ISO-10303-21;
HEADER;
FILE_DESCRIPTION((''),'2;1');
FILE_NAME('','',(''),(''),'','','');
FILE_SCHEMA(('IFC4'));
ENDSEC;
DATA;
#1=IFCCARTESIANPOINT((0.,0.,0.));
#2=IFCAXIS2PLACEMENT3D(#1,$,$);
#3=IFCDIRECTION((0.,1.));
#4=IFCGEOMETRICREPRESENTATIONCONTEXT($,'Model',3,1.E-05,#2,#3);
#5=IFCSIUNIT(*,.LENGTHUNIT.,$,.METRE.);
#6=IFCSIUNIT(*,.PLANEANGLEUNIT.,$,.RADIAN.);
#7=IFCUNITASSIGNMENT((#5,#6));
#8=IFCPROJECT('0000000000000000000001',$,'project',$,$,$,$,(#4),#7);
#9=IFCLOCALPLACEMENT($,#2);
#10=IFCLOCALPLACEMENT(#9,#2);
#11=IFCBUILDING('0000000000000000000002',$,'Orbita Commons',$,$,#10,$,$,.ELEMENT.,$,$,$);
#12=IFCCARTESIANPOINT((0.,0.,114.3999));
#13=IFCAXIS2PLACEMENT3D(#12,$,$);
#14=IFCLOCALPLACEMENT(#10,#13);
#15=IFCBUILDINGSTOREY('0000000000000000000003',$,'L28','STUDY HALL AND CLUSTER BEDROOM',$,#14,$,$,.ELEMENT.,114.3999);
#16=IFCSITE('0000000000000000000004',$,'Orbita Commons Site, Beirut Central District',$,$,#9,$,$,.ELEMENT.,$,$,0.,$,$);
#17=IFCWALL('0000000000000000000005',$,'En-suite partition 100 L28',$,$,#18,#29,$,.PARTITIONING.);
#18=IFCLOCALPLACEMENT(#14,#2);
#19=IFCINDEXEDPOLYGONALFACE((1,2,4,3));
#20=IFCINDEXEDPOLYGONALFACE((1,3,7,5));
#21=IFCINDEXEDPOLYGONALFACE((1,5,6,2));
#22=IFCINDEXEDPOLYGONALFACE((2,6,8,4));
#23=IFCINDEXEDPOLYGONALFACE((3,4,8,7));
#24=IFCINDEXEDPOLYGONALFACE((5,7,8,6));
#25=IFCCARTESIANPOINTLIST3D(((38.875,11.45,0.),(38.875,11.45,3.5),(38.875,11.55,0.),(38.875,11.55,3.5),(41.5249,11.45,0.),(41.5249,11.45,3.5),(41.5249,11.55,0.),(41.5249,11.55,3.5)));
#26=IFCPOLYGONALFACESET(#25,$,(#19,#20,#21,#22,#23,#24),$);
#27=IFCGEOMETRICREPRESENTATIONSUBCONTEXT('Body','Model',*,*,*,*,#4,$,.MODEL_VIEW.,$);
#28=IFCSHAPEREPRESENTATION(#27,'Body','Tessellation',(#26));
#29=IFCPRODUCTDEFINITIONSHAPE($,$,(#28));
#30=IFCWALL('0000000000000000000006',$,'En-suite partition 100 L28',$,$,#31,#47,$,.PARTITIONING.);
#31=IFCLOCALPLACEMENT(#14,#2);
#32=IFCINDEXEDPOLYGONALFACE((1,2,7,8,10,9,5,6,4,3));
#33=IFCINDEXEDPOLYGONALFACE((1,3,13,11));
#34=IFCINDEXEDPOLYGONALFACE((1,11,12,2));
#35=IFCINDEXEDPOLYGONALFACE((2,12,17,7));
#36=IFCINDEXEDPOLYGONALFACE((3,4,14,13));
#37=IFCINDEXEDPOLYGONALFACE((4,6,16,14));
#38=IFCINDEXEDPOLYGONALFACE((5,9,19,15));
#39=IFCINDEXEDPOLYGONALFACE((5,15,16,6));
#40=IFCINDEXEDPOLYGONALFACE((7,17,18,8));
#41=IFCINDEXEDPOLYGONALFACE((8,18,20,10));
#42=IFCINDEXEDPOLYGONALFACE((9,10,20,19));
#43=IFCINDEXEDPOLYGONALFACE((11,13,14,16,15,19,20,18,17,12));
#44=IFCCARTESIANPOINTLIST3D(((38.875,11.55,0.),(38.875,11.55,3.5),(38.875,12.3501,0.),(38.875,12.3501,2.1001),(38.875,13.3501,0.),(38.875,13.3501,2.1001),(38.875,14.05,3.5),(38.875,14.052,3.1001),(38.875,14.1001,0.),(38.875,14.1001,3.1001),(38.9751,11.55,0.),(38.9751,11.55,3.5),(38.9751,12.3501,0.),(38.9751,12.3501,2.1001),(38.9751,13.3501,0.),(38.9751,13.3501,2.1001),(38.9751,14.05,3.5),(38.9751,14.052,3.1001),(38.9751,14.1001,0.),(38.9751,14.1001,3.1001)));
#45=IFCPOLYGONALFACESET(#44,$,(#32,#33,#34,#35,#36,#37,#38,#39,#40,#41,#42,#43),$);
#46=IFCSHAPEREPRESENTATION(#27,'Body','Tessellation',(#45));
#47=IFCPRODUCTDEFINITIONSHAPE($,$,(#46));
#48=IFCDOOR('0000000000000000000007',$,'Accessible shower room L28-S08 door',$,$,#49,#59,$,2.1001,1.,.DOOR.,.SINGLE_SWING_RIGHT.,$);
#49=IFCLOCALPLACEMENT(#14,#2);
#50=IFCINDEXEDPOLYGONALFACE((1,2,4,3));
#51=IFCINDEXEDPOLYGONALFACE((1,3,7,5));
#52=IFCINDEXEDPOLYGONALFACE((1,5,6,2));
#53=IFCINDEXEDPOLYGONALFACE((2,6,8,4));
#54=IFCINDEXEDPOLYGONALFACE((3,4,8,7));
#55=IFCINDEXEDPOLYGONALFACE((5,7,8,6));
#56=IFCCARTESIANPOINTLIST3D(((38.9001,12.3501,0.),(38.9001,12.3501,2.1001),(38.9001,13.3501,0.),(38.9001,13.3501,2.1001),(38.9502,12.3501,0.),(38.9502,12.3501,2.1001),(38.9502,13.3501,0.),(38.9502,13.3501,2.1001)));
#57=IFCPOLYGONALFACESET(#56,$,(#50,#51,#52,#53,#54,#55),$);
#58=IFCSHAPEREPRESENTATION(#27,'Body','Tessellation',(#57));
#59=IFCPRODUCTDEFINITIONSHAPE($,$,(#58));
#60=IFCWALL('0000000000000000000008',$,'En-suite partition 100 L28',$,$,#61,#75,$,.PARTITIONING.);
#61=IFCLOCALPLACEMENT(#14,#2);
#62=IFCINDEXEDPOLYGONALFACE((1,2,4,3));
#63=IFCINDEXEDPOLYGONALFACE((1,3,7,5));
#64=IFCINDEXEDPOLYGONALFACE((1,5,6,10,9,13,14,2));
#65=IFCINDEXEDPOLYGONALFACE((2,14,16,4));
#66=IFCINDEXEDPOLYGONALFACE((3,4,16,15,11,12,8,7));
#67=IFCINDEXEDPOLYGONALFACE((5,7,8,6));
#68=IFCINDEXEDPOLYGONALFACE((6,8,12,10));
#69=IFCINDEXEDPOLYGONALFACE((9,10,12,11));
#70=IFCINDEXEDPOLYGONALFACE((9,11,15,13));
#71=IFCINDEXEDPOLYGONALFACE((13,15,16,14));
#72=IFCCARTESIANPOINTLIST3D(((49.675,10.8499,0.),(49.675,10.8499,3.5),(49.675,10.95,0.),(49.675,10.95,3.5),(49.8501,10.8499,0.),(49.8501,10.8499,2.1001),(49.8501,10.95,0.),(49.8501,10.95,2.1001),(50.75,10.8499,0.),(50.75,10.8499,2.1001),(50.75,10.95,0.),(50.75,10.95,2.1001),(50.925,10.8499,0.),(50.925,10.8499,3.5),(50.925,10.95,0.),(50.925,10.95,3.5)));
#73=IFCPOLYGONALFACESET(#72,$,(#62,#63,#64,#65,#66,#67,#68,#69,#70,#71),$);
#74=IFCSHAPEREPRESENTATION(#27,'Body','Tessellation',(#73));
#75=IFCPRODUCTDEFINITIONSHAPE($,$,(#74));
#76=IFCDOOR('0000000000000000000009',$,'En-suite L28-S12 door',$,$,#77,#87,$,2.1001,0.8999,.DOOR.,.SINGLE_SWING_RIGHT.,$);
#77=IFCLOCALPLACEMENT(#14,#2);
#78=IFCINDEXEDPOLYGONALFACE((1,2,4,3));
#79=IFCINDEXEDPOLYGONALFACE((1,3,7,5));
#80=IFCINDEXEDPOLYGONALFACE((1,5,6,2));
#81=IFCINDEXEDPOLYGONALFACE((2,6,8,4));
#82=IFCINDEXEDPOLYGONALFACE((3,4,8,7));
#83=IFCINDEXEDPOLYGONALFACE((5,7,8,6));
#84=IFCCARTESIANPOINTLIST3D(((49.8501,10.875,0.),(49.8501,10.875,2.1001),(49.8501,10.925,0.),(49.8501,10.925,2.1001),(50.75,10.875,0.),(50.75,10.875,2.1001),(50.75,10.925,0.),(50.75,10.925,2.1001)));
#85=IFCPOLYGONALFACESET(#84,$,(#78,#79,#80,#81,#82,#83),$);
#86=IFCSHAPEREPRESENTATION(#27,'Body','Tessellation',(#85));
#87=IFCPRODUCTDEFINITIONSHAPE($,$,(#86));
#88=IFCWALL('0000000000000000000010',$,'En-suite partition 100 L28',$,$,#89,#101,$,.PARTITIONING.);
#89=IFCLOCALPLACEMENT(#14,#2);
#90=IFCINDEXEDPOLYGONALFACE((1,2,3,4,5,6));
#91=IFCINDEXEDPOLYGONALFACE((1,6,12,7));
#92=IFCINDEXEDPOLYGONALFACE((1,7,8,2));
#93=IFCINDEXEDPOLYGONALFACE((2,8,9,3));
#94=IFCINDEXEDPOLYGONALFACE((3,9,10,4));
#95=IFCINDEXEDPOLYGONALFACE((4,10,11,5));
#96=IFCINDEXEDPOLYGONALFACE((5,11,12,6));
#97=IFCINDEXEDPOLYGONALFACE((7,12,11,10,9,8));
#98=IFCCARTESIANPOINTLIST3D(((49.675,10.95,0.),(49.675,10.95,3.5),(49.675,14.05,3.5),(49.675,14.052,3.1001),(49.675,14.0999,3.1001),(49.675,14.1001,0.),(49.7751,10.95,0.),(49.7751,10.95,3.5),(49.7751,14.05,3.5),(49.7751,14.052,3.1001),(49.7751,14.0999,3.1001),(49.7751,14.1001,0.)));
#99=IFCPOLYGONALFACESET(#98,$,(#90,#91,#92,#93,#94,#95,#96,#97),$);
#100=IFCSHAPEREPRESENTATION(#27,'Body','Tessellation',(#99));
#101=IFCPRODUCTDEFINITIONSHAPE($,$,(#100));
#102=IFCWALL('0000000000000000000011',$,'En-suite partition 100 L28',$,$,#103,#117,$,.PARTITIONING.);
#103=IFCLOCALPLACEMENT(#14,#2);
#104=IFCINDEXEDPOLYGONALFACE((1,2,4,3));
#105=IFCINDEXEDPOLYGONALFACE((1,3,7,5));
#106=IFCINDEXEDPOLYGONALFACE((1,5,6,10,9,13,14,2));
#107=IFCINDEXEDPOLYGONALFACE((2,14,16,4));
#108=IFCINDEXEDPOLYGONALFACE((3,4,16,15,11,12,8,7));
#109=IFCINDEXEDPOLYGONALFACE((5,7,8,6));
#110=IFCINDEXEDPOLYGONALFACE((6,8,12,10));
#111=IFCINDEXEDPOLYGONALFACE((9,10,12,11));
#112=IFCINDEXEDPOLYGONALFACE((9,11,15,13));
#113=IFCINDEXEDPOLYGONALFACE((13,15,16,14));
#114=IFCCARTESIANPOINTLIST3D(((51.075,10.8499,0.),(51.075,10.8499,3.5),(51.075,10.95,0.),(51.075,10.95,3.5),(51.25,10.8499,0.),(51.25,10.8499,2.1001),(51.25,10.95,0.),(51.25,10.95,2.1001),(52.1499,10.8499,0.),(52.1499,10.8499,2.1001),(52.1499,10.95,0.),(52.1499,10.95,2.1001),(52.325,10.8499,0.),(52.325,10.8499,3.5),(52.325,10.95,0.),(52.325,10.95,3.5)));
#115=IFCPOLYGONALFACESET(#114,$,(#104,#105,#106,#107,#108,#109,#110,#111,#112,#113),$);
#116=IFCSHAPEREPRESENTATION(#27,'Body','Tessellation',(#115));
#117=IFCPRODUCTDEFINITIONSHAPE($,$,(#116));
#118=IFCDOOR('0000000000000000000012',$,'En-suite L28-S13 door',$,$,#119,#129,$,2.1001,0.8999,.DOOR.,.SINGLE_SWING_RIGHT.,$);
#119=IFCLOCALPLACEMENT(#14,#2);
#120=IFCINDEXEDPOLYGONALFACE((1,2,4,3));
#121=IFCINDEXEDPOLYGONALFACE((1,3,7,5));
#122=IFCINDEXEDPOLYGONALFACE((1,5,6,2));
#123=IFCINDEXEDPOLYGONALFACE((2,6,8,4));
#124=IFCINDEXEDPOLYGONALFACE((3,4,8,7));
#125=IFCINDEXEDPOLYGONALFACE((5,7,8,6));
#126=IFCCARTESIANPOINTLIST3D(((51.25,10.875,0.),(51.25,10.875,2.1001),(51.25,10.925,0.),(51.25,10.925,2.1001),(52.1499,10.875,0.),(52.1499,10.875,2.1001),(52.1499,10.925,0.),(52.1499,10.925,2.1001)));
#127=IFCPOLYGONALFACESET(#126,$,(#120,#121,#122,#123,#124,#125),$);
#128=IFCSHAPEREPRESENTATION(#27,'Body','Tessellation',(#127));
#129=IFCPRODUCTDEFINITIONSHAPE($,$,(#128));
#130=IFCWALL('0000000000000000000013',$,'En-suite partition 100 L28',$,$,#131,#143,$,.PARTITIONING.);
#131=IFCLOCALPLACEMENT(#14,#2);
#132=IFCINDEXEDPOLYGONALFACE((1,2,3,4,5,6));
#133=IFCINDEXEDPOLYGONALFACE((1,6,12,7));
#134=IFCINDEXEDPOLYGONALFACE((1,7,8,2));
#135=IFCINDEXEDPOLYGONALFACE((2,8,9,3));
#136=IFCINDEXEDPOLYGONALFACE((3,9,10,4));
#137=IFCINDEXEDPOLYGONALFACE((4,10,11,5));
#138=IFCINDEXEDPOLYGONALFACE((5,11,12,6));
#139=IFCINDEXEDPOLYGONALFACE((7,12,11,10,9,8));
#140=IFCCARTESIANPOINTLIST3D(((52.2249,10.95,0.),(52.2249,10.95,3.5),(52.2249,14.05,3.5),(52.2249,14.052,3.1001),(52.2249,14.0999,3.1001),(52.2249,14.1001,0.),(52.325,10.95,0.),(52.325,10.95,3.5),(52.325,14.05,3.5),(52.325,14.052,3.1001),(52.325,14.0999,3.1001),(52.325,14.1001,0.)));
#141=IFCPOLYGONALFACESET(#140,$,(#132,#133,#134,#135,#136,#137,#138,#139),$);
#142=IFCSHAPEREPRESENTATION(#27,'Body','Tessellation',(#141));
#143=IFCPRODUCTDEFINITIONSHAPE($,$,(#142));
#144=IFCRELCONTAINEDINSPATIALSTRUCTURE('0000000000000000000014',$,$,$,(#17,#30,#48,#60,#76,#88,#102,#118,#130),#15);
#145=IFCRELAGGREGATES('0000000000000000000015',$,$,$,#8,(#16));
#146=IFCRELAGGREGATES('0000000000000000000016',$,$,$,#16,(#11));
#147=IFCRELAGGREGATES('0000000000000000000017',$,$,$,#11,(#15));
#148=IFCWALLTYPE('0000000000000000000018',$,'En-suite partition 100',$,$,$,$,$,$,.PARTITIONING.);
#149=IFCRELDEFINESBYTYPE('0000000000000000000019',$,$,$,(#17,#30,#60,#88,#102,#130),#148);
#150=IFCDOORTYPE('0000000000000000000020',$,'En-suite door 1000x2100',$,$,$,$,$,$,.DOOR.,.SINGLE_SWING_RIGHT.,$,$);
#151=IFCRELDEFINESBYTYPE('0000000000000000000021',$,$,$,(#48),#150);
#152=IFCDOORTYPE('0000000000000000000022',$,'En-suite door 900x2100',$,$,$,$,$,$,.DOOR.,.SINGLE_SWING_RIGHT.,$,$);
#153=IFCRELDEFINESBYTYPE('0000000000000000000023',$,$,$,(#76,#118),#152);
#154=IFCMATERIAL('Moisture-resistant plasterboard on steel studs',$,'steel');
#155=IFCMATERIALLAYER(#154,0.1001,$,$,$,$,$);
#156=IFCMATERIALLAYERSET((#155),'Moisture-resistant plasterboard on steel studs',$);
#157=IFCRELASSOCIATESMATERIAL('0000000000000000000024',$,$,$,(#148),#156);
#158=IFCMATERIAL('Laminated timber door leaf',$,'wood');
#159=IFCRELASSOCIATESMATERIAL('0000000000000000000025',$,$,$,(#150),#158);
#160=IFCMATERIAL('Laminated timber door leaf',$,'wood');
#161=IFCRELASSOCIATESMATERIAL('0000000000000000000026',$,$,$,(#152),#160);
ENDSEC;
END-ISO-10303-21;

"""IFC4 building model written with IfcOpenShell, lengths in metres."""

from ifc_helpers import new_model, si_unit, direction, frame, frame_2d, origin, place, context, subcontext, project, spatial, polyline, rectangle, outline, extrude, material, layer, layer_set, type_object, element, fill, save


model = new_model("IFC4")

# Units and contexts
model_context = context("Model", 3, precision=1e-05, world=origin(), true_north=direction((0.0, 1.0)))
body_context = subcontext(model_context, "Body", "Model", "MODEL_VIEW")
ifc_project = project(units=[si_unit("LENGTHUNIT", "METRE"), si_unit("PLANEANGLEUNIT", "RADIAN")], contexts=[model_context])

# Site, building, storey
site_placement = place(None, origin())
site = spatial("IfcSite", under=ifc_project, at=site_placement, Name="Orbita Commons Site, Beirut Central District", CompositionType="ELEMENT", RefElevation=0.0)
building_placement = place(site_placement, origin())
building = spatial("IfcBuilding", under=site, at=building_placement, Name="Orbita Commons", CompositionType="ELEMENT")
storey_placement = place(building_placement, frame((0.0, 0.0, 114.3999)))
storey = spatial("IfcBuildingStorey", under=building, at=storey_placement, Name="L28", Description="STUDY HALL AND CLUSTER BEDROOM", CompositionType="ELEMENT", Elevation=114.3999)

# Wall
ifc_material_1 = material(Name="Moisture-resistant plasterboard on steel studs", Category="steel")
ifc_layer_1 = layer(ifc_material_1, 0.1001)
ifc_layer_set_1 = layer_set([ifc_layer_1], Name="Moisture-resistant plasterboard on steel studs")
wall_type_1 = type_object("IfcWallType", Name="En-suite partition 100", PredefinedType="PARTITIONING", material=ifc_layer_set_1)
wall_1_placement = place(storey_placement, frame((38.875, 11.5, 0.0), z_axis=(0.0, 0.0, 1.0), x_axis=(1.0, 0.0, 0.0)))
element("IfcWall", 1, at=wall_1_placement, inside=storey, type_object=wall_type_1, Name="En-suite partition 100 L28", PredefinedType="PARTITIONING", context=body_context, shape_type="SweptSolid", body=[
    extrude(rectangle(XDim=2.6499, YDim=0.1001, at=frame_2d((1.325, 0.0))), origin(), (0.0, 0.0, 1.0), 3.5),
])

# Walls, openings, doors
wall_2_placement = place(storey_placement, frame((38.925, 11.55, 0.0), z_axis=(0.0, 0.0, 1.0), x_axis=(0.0, 1.0, 0.0)))
wall_2 = element("IfcWall", 2, at=wall_2_placement, inside=storey, type_object=wall_type_1, Name="En-suite partition 100 L28", PredefinedType="PARTITIONING", context=body_context, shape_type="SweptSolid", body=[
    extrude(outline(polyline([(0.0, 0.0), (2.55, 0.0), (2.55, 3.1001), (2.502, 3.1001), (2.5, 3.5), (0.0, 3.5), (0.0, 0.0)])), frame((0.0, 0.05, 0.0), z_axis=(0.0, -1.0, 0.0), x_axis=(1.0, 0.0, 0.0)), (0.0, 0.0, 1.0), 0.1001),
])
opening_1_placement = place(wall_2_placement, frame((0.8, 0.0, 0.0)))
opening_1 = element("IfcOpeningElement", 3, at=opening_1_placement, cuts=wall_2, PredefinedType="OPENING", context=body_context, shape_type="SweptSolid", body=[
    extrude(rectangle(XDim=1.0, YDim=2.1001, at=frame_2d((0.5, 1.05))), frame((0.0, 0.0601, 0.0), z_axis=(0.0, -1.0, 0.0), x_axis=(1.0, 0.0, 0.0)), (0.0, 0.0, 1.0), 0.1201),
])
ifc_material_2 = material(Name="Laminated timber door leaf", Category="wood")
door_type_1 = type_object("IfcDoorType", Name="En-suite door 1000x2100", OperationType="SINGLE_SWING_RIGHT", PredefinedType="DOOR", material=ifc_material_2)
door_1_placement = place(opening_1_placement, origin())
door_1 = element("IfcDoor", 4, at=door_1_placement, inside=storey, type_object=door_type_1, Name="Accessible shower room L28-S08 door", OperationType="SINGLE_SWING_RIGHT", OverallHeight=2.1001, OverallWidth=1.0, PredefinedType="DOOR", context=body_context, shape_type="SweptSolid", body=[
    extrude(rectangle(XDim=1.0, YDim=2.1001, at=frame_2d((0.5, 1.05))), frame((0.0, 0.0249, 0.0), z_axis=(0.0, -1.0, 0.0), x_axis=(1.0, 0.0, 0.0)), (0.0, 0.0, 1.0), 0.05),
])
fill(opening_1, door_1)
wall_3_placement = place(storey_placement, frame((50.925, 10.8999, 0.0), z_axis=(0.0, 0.0, 1.0), x_axis=(-1.0, 0.0, 0.0)))
wall_3 = element("IfcWall", 5, at=wall_3_placement, inside=storey, type_object=wall_type_1, Name="En-suite partition 100 L28", PredefinedType="PARTITIONING", context=body_context, shape_type="SweptSolid", body=[
    extrude(rectangle(XDim=1.25, YDim=0.1001, at=frame_2d((0.625, 0.0))), origin(), (0.0, 0.0, 1.0), 3.5),
])
opening_2_placement = place(wall_3_placement, frame((0.175, 0.0, 0.0)))
opening_2 = element("IfcOpeningElement", 6, at=opening_2_placement, cuts=wall_3, PredefinedType="OPENING", context=body_context, shape_type="SweptSolid", body=[
    extrude(rectangle(XDim=0.8999, YDim=2.1001, at=frame_2d((0.45, 1.05))), frame((0.0, 0.0601, 0.0), z_axis=(0.0, -1.0, 0.0), x_axis=(1.0, 0.0, 0.0)), (0.0, 0.0, 1.0), 0.1201),
])
ifc_material_3 = material(Name="Laminated timber door leaf", Category="wood")
door_type_2 = type_object("IfcDoorType", Name="En-suite door 900x2100", OperationType="SINGLE_SWING_RIGHT", PredefinedType="DOOR", material=ifc_material_3)
door_2_placement = place(opening_2_placement, origin())
door_2 = element("IfcDoor", 7, at=door_2_placement, inside=storey, type_object=door_type_2, Name="En-suite L28-S12 door", OperationType="SINGLE_SWING_RIGHT", OverallHeight=2.1001, OverallWidth=0.8999, PredefinedType="DOOR", context=body_context, shape_type="SweptSolid", body=[
    extrude(rectangle(XDim=0.8999, YDim=2.1001, at=frame_2d((0.45, 1.05))), frame((0.0, 0.0249, 0.0), z_axis=(0.0, -1.0, 0.0), x_axis=(1.0, 0.0, 0.0)), (0.0, 0.0, 1.0), 0.05),
])
fill(opening_2, door_2)

# Wall
wall_4_placement = place(storey_placement, frame((49.7251, 10.95, 0.0), z_axis=(0.0, 0.0, 1.0), x_axis=(0.0, 1.0, 0.0)))
element("IfcWall", 8, at=wall_4_placement, inside=storey, type_object=wall_type_1, Name="En-suite partition 100 L28", PredefinedType="PARTITIONING", context=body_context, shape_type="SweptSolid", body=[
    extrude(outline(polyline([(0.0, 0.0), (3.1501, 0.0), (3.1499, 3.1001), (3.1021, 3.1001), (3.1001, 3.5), (0.0, 3.5), (0.0, 0.0)])), frame((0.0, 0.05, 0.0), z_axis=(0.0, -1.0, 0.0), x_axis=(1.0, 0.0, 0.0)), (0.0, 0.0, 1.0), 0.1001),
])

# Wall, opening, door
wall_5_placement = place(storey_placement, frame((52.325, 10.8999, 0.0), z_axis=(0.0, 0.0, 1.0), x_axis=(-1.0, 0.0, 0.0)))
wall_5 = element("IfcWall", 9, at=wall_5_placement, inside=storey, type_object=wall_type_1, Name="En-suite partition 100 L28", PredefinedType="PARTITIONING", context=body_context, shape_type="SweptSolid", body=[
    extrude(rectangle(XDim=1.25, YDim=0.1001, at=frame_2d((0.625, 0.0))), origin(), (0.0, 0.0, 1.0), 3.5),
])
opening_3_placement = place(wall_5_placement, frame((0.175, 0.0, 0.0)))
opening_3 = element("IfcOpeningElement", 10, at=opening_3_placement, cuts=wall_5, PredefinedType="OPENING", context=body_context, shape_type="SweptSolid", body=[
    extrude(rectangle(XDim=0.8999, YDim=2.1001, at=frame_2d((0.45, 1.05))), frame((0.0, 0.0601, 0.0), z_axis=(0.0, -1.0, 0.0), x_axis=(1.0, 0.0, 0.0)), (0.0, 0.0, 1.0), 0.1201),
])
door_3_placement = place(opening_3_placement, origin())
door_3 = element("IfcDoor", 11, at=door_3_placement, inside=storey, type_object=door_type_2, Name="En-suite L28-S13 door", OperationType="SINGLE_SWING_RIGHT", OverallHeight=2.1001, OverallWidth=0.8999, PredefinedType="DOOR", context=body_context, shape_type="SweptSolid", body=[
    extrude(rectangle(XDim=0.8999, YDim=2.1001, at=frame_2d((0.45, 1.05))), frame((0.0, 0.0249, 0.0), z_axis=(0.0, -1.0, 0.0), x_axis=(1.0, 0.0, 0.0)), (0.0, 0.0, 1.0), 0.05),
])
fill(opening_3, door_3)

# Wall
wall_6_placement = place(storey_placement, frame((52.2749, 10.95, 0.0), z_axis=(0.0, 0.0, 1.0), x_axis=(0.0, 1.0, 0.0)))
element("IfcWall", 12, at=wall_6_placement, inside=storey, type_object=wall_type_1, Name="En-suite partition 100 L28", PredefinedType="PARTITIONING", context=body_context, shape_type="SweptSolid", body=[
    extrude(outline(polyline([(0.0, 0.0), (3.1501, 0.0), (3.1499, 3.1001), (3.1021, 3.1001), (3.1001, 3.5), (0.0, 3.5), (0.0, 0.0)])), frame((0.0, 0.05, 0.0), z_axis=(0.0, -1.0, 0.0), x_axis=(1.0, 0.0, 0.0)), (0.0, 0.0, 1.0), 0.1001),
])

save(model, "model.ifc")
